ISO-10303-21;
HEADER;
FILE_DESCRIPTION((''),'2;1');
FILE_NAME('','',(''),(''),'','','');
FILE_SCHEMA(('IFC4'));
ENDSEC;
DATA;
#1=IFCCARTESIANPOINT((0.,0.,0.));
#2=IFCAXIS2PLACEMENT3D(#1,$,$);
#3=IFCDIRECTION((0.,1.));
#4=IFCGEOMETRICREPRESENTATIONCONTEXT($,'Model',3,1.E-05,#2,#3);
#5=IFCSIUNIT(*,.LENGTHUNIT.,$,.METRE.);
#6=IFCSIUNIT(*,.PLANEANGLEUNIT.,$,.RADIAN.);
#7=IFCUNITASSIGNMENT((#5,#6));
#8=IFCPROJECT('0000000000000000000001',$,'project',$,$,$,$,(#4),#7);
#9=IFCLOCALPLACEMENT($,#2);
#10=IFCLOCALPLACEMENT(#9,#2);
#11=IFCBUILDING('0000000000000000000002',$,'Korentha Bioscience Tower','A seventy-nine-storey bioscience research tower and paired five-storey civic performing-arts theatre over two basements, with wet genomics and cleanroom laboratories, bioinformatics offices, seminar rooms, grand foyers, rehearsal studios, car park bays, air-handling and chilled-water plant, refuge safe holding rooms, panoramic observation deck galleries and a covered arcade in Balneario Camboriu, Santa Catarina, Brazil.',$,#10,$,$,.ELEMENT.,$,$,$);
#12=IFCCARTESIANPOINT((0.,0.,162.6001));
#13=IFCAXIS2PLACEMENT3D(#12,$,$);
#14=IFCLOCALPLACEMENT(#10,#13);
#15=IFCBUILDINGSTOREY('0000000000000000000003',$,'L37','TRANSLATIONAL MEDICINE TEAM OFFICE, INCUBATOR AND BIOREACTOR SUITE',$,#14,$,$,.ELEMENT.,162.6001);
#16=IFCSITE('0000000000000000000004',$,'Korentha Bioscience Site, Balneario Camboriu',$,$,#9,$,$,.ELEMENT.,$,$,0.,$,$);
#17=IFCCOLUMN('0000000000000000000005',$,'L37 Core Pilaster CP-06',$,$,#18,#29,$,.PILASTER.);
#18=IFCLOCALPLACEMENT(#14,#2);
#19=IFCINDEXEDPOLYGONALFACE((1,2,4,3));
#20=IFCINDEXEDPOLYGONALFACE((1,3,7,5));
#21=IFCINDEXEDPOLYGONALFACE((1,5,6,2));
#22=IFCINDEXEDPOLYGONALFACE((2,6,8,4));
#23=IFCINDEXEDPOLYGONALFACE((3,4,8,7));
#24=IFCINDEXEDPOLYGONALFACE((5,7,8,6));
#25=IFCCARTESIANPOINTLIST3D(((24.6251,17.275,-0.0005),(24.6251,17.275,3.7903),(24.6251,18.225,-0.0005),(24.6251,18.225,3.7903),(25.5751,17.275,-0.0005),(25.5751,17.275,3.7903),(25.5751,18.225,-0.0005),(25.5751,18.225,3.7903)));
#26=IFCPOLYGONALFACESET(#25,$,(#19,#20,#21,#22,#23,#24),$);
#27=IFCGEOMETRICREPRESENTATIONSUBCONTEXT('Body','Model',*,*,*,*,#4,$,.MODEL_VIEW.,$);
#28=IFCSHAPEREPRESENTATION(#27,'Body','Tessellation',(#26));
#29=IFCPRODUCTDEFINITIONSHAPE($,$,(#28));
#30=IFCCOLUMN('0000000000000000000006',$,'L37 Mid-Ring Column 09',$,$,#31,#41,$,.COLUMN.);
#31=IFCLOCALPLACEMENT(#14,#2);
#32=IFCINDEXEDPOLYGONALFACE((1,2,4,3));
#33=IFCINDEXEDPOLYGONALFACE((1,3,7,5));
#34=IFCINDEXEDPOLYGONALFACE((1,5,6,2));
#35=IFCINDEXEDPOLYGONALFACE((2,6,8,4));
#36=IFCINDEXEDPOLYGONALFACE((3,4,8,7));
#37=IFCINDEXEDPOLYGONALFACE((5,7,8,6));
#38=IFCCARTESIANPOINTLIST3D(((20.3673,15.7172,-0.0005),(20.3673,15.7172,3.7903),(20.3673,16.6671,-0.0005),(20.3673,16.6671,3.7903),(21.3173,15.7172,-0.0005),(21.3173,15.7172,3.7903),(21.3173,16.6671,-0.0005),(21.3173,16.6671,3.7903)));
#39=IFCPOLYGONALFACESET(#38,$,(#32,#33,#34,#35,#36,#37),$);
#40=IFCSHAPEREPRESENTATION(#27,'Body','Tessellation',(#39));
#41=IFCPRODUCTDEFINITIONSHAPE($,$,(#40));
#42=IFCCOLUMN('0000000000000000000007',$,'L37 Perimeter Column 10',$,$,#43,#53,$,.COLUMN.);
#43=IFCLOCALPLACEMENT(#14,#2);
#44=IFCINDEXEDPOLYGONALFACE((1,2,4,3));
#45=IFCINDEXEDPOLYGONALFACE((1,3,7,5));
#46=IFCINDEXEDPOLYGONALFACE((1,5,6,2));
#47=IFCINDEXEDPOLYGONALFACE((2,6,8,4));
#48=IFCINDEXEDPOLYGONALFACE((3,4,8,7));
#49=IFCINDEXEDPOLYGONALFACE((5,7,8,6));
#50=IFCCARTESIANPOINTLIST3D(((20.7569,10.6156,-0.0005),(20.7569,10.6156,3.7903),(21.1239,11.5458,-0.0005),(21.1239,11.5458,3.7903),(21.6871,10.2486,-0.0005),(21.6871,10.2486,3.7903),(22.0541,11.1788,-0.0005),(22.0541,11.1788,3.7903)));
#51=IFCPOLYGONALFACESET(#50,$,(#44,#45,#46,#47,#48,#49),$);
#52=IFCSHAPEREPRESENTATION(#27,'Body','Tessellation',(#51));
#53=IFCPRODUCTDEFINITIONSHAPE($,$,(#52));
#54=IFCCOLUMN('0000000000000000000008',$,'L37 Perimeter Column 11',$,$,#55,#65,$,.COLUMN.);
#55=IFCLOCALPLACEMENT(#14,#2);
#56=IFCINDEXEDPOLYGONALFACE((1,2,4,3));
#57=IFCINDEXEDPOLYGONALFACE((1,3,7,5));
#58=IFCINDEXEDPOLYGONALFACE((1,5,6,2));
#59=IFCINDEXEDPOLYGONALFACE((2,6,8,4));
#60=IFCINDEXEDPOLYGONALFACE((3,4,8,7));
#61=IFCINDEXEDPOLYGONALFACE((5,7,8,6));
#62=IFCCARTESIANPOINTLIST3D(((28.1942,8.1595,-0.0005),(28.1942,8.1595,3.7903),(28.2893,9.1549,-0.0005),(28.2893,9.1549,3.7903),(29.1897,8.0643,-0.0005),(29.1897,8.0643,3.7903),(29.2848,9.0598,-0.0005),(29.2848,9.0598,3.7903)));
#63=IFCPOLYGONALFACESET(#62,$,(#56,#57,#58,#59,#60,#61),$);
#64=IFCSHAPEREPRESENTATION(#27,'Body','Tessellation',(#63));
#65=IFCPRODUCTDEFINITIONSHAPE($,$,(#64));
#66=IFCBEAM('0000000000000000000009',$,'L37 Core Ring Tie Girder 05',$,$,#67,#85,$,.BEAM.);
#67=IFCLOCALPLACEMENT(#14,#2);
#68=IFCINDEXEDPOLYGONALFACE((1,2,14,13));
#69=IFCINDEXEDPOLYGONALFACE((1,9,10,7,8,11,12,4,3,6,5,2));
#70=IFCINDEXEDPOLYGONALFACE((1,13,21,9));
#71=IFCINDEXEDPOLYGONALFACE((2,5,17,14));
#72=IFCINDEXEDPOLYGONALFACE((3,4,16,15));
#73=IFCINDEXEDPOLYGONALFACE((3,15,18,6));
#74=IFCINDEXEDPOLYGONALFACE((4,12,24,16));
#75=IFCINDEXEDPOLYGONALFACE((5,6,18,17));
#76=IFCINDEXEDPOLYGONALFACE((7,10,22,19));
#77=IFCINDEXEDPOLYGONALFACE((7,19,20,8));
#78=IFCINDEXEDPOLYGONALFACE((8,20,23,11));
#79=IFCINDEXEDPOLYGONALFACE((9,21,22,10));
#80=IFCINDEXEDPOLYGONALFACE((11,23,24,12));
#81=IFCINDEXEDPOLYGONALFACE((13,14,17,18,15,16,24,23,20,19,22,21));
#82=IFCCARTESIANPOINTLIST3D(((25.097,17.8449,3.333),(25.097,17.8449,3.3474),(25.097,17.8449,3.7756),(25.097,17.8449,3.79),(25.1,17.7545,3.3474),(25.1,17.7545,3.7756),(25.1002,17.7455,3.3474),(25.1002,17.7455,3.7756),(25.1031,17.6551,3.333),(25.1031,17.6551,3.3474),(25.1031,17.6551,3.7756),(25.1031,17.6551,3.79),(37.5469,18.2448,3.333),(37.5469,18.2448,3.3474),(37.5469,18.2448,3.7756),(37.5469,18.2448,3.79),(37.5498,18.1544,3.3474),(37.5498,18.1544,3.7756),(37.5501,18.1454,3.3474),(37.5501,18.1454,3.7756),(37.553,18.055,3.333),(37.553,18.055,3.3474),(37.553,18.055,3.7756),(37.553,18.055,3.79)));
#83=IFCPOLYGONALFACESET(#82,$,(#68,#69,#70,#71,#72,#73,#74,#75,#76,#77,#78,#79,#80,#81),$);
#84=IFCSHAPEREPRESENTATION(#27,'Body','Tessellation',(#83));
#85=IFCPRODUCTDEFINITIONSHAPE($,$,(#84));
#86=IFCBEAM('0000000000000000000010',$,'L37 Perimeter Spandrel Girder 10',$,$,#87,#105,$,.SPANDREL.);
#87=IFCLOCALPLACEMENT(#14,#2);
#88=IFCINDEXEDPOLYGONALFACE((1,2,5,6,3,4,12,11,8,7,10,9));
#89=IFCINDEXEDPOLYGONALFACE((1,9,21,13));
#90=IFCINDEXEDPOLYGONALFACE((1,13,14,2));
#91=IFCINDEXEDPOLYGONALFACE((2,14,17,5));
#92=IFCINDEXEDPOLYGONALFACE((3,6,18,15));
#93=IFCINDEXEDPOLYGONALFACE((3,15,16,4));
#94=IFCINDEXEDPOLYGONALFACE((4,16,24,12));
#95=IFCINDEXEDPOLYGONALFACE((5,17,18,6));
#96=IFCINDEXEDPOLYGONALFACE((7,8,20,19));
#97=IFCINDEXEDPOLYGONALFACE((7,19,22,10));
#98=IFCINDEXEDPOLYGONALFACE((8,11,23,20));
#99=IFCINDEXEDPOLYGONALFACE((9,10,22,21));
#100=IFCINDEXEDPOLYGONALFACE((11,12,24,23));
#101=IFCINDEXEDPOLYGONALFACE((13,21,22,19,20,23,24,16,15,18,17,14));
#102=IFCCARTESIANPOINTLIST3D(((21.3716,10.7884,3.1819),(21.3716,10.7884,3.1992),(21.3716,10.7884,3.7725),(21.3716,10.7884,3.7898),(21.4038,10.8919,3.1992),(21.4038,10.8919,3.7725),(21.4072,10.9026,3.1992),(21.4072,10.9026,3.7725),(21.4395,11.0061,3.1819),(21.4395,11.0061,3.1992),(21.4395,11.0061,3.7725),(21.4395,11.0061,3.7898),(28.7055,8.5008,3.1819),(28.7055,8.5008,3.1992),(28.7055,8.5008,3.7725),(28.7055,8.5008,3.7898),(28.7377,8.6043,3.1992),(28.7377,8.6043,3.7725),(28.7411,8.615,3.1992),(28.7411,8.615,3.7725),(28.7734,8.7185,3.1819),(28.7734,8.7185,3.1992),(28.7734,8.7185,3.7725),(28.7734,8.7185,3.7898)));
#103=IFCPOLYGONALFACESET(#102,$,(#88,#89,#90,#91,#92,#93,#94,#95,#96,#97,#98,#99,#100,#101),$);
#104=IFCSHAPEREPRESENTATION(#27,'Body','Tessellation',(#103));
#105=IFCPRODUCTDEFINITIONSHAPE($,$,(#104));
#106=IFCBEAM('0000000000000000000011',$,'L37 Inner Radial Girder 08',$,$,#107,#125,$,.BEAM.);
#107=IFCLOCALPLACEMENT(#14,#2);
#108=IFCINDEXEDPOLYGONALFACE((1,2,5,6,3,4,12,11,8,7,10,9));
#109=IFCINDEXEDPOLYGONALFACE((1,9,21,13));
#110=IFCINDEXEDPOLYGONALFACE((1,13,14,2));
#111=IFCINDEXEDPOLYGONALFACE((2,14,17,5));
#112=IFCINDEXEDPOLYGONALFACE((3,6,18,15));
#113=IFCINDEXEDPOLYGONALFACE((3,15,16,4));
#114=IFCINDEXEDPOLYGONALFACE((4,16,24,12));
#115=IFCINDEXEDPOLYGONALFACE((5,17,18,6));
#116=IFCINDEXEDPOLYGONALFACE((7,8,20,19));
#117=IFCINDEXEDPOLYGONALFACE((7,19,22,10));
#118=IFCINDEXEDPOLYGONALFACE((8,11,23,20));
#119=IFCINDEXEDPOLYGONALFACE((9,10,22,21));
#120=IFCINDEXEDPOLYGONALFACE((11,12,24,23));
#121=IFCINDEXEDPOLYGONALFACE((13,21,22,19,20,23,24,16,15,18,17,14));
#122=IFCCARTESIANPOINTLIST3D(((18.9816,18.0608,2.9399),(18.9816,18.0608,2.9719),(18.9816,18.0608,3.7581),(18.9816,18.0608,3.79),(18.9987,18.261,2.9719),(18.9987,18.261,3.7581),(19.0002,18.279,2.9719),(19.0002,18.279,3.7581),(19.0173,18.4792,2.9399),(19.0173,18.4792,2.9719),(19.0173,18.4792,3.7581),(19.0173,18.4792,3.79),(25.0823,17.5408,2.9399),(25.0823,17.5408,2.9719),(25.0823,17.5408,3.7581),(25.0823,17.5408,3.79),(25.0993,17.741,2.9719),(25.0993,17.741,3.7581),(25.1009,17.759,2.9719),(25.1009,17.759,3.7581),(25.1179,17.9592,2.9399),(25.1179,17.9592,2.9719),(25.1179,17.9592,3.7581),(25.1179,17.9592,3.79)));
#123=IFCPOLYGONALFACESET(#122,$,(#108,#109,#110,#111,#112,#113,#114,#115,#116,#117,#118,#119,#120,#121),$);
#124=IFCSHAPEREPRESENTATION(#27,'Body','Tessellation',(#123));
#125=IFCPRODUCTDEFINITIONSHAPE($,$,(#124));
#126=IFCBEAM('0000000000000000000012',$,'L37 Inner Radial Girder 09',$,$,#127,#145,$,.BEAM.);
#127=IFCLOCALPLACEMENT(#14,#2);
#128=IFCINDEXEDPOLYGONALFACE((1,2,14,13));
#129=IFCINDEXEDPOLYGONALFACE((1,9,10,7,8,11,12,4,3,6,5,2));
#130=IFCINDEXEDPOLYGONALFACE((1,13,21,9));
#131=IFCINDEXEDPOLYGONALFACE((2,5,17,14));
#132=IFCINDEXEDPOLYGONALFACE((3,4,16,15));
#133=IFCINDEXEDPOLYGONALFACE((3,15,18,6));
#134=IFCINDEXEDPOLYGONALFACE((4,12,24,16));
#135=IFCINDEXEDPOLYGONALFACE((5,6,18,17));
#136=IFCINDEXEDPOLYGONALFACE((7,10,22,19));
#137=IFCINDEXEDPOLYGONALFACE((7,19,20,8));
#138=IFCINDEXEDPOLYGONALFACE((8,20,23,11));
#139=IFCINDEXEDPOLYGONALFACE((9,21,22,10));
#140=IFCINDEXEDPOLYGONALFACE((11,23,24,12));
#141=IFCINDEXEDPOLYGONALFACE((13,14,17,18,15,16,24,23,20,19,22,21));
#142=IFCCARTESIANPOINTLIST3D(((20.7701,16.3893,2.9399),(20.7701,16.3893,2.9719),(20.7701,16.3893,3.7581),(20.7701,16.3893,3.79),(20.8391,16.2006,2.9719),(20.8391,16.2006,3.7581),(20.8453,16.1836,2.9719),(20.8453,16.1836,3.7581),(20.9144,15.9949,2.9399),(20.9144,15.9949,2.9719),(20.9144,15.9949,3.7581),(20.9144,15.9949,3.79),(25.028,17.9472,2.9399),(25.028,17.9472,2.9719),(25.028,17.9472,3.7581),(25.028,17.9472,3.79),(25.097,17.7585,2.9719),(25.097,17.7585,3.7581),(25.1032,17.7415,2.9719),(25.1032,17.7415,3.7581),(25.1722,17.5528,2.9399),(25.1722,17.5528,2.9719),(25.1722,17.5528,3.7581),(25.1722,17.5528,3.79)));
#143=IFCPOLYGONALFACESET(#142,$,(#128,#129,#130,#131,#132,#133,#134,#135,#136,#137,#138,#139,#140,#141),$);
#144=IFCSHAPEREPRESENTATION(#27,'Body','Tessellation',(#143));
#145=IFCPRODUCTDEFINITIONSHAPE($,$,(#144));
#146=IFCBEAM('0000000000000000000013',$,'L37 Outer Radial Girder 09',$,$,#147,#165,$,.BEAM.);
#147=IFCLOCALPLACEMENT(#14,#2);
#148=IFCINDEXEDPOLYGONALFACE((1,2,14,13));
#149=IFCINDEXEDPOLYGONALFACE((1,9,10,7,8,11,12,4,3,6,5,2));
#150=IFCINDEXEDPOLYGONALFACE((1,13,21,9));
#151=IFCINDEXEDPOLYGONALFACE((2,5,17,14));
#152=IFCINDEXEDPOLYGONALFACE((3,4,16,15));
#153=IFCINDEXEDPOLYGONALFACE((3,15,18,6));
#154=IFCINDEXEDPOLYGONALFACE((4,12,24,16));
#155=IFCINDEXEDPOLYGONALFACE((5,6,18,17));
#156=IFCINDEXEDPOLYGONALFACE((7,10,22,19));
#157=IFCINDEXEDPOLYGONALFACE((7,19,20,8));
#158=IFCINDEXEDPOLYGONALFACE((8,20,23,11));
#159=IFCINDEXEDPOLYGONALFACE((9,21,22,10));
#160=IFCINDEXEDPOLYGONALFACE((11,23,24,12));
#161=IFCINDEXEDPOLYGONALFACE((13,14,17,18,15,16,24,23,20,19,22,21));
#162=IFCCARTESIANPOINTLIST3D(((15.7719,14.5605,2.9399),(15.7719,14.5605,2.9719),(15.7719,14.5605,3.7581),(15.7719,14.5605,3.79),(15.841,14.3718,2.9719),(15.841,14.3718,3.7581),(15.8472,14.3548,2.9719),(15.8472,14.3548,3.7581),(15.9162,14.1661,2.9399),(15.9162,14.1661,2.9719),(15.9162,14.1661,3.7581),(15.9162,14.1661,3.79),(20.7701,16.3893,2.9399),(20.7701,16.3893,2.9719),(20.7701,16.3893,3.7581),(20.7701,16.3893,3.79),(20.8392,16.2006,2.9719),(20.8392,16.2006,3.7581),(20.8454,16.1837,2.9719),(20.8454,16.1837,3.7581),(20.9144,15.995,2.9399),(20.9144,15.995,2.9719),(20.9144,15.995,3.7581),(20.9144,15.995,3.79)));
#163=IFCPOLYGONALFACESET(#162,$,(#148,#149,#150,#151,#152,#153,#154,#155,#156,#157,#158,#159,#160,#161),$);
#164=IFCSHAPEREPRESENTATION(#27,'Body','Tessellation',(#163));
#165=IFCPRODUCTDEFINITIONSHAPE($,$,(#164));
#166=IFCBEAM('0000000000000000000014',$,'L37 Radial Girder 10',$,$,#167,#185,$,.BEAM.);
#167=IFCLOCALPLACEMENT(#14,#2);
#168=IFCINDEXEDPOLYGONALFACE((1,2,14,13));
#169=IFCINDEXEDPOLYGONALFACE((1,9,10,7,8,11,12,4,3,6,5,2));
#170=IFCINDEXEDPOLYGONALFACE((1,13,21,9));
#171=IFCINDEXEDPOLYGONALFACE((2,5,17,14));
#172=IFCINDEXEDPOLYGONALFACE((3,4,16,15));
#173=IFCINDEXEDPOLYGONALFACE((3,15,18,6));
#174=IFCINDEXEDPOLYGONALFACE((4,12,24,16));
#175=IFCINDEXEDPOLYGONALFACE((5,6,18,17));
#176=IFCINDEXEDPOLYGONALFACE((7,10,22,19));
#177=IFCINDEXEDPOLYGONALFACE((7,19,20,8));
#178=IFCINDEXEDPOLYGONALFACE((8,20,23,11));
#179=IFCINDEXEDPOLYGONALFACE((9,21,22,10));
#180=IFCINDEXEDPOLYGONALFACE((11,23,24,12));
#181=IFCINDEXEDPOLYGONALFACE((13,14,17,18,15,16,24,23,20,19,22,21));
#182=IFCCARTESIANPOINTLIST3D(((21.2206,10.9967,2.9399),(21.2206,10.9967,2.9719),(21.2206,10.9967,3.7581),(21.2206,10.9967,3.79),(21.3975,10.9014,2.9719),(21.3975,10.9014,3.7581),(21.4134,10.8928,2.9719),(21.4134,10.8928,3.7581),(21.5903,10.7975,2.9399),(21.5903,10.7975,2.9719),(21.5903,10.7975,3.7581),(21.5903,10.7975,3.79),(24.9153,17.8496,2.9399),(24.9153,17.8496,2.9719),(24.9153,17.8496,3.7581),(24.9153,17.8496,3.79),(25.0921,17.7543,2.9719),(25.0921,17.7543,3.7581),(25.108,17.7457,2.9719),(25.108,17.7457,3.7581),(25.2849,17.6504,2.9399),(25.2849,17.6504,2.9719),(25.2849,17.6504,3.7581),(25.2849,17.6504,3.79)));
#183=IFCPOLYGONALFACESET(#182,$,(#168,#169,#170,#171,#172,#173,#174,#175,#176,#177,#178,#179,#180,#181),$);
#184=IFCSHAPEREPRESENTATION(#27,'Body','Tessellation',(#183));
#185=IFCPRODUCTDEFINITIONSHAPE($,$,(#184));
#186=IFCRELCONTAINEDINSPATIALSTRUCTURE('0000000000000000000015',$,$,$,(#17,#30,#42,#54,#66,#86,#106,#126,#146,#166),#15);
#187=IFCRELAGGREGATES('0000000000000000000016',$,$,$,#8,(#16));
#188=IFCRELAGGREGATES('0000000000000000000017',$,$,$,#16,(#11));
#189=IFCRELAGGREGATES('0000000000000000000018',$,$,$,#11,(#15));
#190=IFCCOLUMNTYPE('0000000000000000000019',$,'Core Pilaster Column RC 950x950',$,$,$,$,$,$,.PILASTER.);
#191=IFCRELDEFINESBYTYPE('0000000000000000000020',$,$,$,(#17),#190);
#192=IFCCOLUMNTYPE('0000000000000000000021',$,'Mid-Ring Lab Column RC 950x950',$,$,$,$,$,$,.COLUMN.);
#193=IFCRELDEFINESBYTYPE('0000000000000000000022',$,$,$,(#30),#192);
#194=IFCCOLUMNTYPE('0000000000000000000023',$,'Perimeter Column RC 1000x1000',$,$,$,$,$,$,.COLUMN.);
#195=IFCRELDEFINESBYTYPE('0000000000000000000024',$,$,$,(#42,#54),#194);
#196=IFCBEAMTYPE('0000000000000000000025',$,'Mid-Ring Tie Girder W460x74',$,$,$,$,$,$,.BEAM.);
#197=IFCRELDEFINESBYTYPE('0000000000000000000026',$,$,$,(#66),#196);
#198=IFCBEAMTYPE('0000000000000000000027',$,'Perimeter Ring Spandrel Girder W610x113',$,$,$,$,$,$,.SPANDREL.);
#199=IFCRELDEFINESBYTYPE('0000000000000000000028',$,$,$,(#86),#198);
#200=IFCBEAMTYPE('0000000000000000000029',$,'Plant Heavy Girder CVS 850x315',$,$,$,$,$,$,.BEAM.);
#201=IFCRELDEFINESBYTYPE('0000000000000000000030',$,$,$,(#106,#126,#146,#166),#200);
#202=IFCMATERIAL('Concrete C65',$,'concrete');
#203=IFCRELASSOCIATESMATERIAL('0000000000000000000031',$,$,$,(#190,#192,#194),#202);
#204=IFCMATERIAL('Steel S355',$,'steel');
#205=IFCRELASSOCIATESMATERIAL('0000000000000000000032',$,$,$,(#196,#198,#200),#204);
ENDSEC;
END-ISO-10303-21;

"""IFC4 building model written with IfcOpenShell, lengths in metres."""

from ifc_helpers import new_model, si_unit, direction, frame, origin, origin_2d, place, context, subcontext, project, spatial, rectangle, i_section, extrude, material, material_profile, profile_set, type_object, element, save


model = new_model("IFC4")

# Units and contexts
model_context = context("Model", 3, precision=1e-05, world=origin(), true_north=direction((0.0, 1.0)))
body_context = subcontext(model_context, "Body", "Model", "MODEL_VIEW")
ifc_project = project(units=[si_unit("LENGTHUNIT", "METRE"), si_unit("PLANEANGLEUNIT", "RADIAN")], contexts=[model_context])

# Site, building, storey
site_placement = place(None, origin())
site = spatial("IfcSite", under=ifc_project, at=site_placement, Name="Korentha Bioscience Site, Balneario Camboriu", CompositionType="ELEMENT", RefElevation=0.0)
building_placement = place(site_placement, origin())
building = spatial("IfcBuilding", under=site, at=building_placement, Name="Korentha Bioscience Tower", Description="A seventy-nine-storey bioscience research tower and paired five-storey civic performing-arts theatre over two basements, with wet genomics and cleanroom laboratories, bioinformatics offices, seminar rooms, grand foyers, rehearsal studios, car park bays, air-handling and chilled-water plant, refuge safe holding rooms, panoramic observation deck galleries and a covered arcade in Balneario Camboriu, Santa Catarina, Brazil.", CompositionType="ELEMENT")
storey_placement = place(building_placement, frame((0.0, 0.0, 162.6001)))
storey = spatial("IfcBuildingStorey", under=building, at=storey_placement, Name="L37", Description="TRANSLATIONAL MEDICINE TEAM OFFICE, INCUBATOR AND BIOREACTOR SUITE", CompositionType="ELEMENT", Elevation=162.6001)

# Columns
ifc_material_1 = material(Name="Concrete C65", Category="concrete")
ifc_material_profile_1 = material_profile(ifc_material_1, rectangle(XDim=0.95, YDim=0.95, at=origin_2d()), Name="Concrete C65")
ifc_profile_set_1 = profile_set([ifc_material_profile_1], Name="Concrete C65 (COL-CP09)")
column_type_1 = type_object("IfcColumnType", Name="Core Pilaster Column RC 950x950", PredefinedType="PILASTER", material=ifc_profile_set_1)
column_1_placement = place(storey_placement, frame((25.1001, 17.75, -0.0005), z_axis=(0.0, 0.0, 1.0), x_axis=(1.0, 0.0, 0.0)))
element("IfcColumn", 1, at=column_1_placement, inside=storey, type_object=column_type_1, Name="L37 Core Pilaster CP-06", PredefinedType="PILASTER", context=body_context, shape_type="SweptSolid", body=[
    extrude(rectangle(XDim=0.95, YDim=0.95, at=origin_2d()), origin(), (0.0, 0.0, 1.0), 3.7908),
])
ifc_material_profile_2 = material_profile(ifc_material_1, rectangle(XDim=0.95, YDim=0.95, at=origin_2d()), Name="Concrete C65")
ifc_profile_set_2 = profile_set([ifc_material_profile_2], Name="Concrete C65 (COL-MR09)")
column_type_2 = type_object("IfcColumnType", Name="Mid-Ring Lab Column RC 950x950", PredefinedType="COLUMN", material=ifc_profile_set_2)
column_2_placement = place(storey_placement, frame((20.8423, 16.1921, -0.0005), z_axis=(0.0, 0.0, 1.0), x_axis=(1.0, 0.0, 0.0)))
element("IfcColumn", 2, at=column_2_placement, inside=storey, type_object=column_type_2, Name="L37 Mid-Ring Column 09", PredefinedType="COLUMN", context=body_context, shape_type="SweptSolid", body=[
    extrude(rectangle(XDim=0.95, YDim=0.95, at=origin_2d()), origin(), (0.0, 0.0, 1.0), 3.7908),
])
ifc_material_profile_3 = material_profile(ifc_material_1, rectangle(XDim=1.0, YDim=1.0, at=origin_2d()), Name="Concrete C65")
ifc_profile_set_3 = profile_set([ifc_material_profile_3], Name="Concrete C65 (COL-P10)")
column_type_3 = type_object("IfcColumnType", Name="Perimeter Column RC 1000x1000", PredefinedType="COLUMN", material=ifc_profile_set_3)
for number, where, z_axis, x_axis, name in (
    (3, (21.4055, 10.8972, -0.0005), (0.0, 0.0, 1.0), (-0.930226, 0.366988, 0.0), "L37 Perimeter Column 10"),
    (4, (28.7395, 8.6096, -0.0005), (0.0, 0.0, 1.0), (-0.995463, 0.095151, 0.0), "L37 Perimeter Column 11"),
):
    element("IfcColumn", number, at=place(storey_placement, frame(where, z_axis=z_axis, x_axis=x_axis)), inside=storey, type_object=column_type_3, Name=name, PredefinedType="COLUMN", context=body_context, shape_type="SweptSolid", body=[
        extrude(rectangle(XDim=1.0, YDim=1.0, at=origin_2d()), origin(), (0.0, 0.0, 1.0), 3.7908),
    ])

# Beams
ifc_material_2 = material(Name="Steel S355", Category="steel")
ifc_material_profile_4 = material_profile(ifc_material_2, i_section(OverallWidth=0.1899, OverallDepth=0.457, WebThickness=0.009, FlangeThickness=0.0144, at=origin_2d()), Name="Steel S355")
ifc_profile_set_4 = profile_set([ifc_material_profile_4], Name="Steel S355 (MB-460)")
beam_type_1 = type_object("IfcBeamType", Name="Mid-Ring Tie Girder W460x74", PredefinedType="BEAM", material=ifc_profile_set_4)
beam_1_placement = place(storey_placement, frame((25.1001, 17.75, 3.5615), z_axis=(0.999485, 0.032104, 0.0), x_axis=(-0.032104, 0.999485, 0.0)))
element("IfcBeam", 5, at=beam_1_placement, inside=storey, type_object=beam_type_1, Name="L37 Core Ring Tie Girder 05", PredefinedType="BEAM", context=body_context, shape_type="SweptSolid", body=[
    extrude(i_section(OverallWidth=0.1899, OverallDepth=0.457, WebThickness=0.009, FlangeThickness=0.0144, at=origin_2d()), origin(), (0.0, 0.0, 1.0), 12.4563),
])
ifc_material_profile_5 = material_profile(ifc_material_2, i_section(OverallWidth=0.228, OverallDepth=0.6079, WebThickness=0.0112, FlangeThickness=0.0173, at=origin_2d()), Name="Steel S355")
ifc_profile_set_5 = profile_set([ifc_material_profile_5], Name="Steel S355 (SB-610)")
beam_type_2 = type_object("IfcBeamType", Name="Perimeter Ring Spandrel Girder W610x113", PredefinedType="SPANDREL", material=ifc_profile_set_5)
beam_2_placement = place(storey_placement, frame((21.4055, 10.8972, 3.4858), z_axis=(0.954638, -0.297768, 0.0), x_axis=(0.297768, 0.954638, 0.0)))
element("IfcBeam", 6, at=beam_2_placement, inside=storey, type_object=beam_type_2, Name="L37 Perimeter Spandrel Girder 10", PredefinedType="SPANDREL", context=body_context, shape_type="SweptSolid", body=[
    extrude(i_section(OverallWidth=0.228, OverallDepth=0.6079, WebThickness=0.0112, FlangeThickness=0.0173, at=origin_2d()), origin(), (0.0, 0.0, 1.0), 7.6824),
])
ifc_material_profile_6 = material_profile(ifc_material_2, i_section(OverallWidth=0.4199, OverallDepth=0.8501, WebThickness=0.0181, FlangeThickness=0.032, at=origin_2d()), Name="Steel S355")
ifc_profile_set_6 = profile_set([ifc_material_profile_6], Name="Steel S355 (MB-850)")
beam_type_3 = type_object("IfcBeamType", Name="Plant Heavy Girder CVS 850x315", PredefinedType="BEAM", material=ifc_profile_set_6)
beam_3_placement = place(storey_placement, frame((25.1001, 17.75, 3.365), z_axis=(-0.996387, 0.084933, 0.0), x_axis=(-0.084933, -0.996387, 0.0)))
element("IfcBeam", 7, at=beam_3_placement, inside=storey, type_object=beam_type_3, Name="L37 Inner Radial Girder 08", PredefinedType="BEAM", context=body_context, shape_type="SweptSolid", body=[
    extrude(i_section(OverallWidth=0.4199, OverallDepth=0.8501, WebThickness=0.0181, FlangeThickness=0.032, at=origin_2d()), origin(), (0.0, 0.0, 1.0), 6.1228),
])
beam_4_placement = place(storey_placement, frame((25.1001, 17.75, 3.365), z_axis=(-0.939114, -0.343606, 0.0), x_axis=(0.343606, -0.939114, 0.0)))
element("IfcBeam", 8, at=beam_4_placement, inside=storey, type_object=beam_type_3, Name="L37 Inner Radial Girder 09", PredefinedType="BEAM", context=body_context, shape_type="SweptSolid", body=[
    extrude(i_section(OverallWidth=0.4199, OverallDepth=0.8501, WebThickness=0.0181, FlangeThickness=0.032, at=origin_2d()), origin(), (0.0, 0.0, 1.0), 4.5339),
])
beam_5_placement = place(storey_placement, frame((20.8423, 16.1921, 3.365), z_axis=(-0.93911, -0.343617, 0.0), x_axis=(0.343617, -0.93911, 0.0)))
element("IfcBeam", 9, at=beam_5_placement, inside=storey, type_object=beam_type_3, Name="L37 Outer Radial Girder 09", PredefinedType="BEAM", context=body_context, shape_type="SweptSolid", body=[
    extrude(i_section(OverallWidth=0.4199, OverallDepth=0.8501, WebThickness=0.0181, FlangeThickness=0.032, at=origin_2d()), origin(), (0.0, 0.0, 1.0), 5.3223),
])
beam_6_placement = place(storey_placement, frame((25.1001, 17.75, 3.365), z_axis=(-0.47456, -0.880223, 0.0), x_axis=(0.880223, -0.47456, 0.0)))
element("IfcBeam", 10, at=beam_6_placement, inside=storey, type_object=beam_type_3, Name="L37 Radial Girder 10", PredefinedType="BEAM", context=body_context, shape_type="SweptSolid", body=[
    extrude(i_section(OverallWidth=0.4199, OverallDepth=0.8501, WebThickness=0.0181, FlangeThickness=0.032, at=origin_2d()), origin(), (0.0, 0.0, 1.0), 7.7854),
])

save(model, "model.ifc")
